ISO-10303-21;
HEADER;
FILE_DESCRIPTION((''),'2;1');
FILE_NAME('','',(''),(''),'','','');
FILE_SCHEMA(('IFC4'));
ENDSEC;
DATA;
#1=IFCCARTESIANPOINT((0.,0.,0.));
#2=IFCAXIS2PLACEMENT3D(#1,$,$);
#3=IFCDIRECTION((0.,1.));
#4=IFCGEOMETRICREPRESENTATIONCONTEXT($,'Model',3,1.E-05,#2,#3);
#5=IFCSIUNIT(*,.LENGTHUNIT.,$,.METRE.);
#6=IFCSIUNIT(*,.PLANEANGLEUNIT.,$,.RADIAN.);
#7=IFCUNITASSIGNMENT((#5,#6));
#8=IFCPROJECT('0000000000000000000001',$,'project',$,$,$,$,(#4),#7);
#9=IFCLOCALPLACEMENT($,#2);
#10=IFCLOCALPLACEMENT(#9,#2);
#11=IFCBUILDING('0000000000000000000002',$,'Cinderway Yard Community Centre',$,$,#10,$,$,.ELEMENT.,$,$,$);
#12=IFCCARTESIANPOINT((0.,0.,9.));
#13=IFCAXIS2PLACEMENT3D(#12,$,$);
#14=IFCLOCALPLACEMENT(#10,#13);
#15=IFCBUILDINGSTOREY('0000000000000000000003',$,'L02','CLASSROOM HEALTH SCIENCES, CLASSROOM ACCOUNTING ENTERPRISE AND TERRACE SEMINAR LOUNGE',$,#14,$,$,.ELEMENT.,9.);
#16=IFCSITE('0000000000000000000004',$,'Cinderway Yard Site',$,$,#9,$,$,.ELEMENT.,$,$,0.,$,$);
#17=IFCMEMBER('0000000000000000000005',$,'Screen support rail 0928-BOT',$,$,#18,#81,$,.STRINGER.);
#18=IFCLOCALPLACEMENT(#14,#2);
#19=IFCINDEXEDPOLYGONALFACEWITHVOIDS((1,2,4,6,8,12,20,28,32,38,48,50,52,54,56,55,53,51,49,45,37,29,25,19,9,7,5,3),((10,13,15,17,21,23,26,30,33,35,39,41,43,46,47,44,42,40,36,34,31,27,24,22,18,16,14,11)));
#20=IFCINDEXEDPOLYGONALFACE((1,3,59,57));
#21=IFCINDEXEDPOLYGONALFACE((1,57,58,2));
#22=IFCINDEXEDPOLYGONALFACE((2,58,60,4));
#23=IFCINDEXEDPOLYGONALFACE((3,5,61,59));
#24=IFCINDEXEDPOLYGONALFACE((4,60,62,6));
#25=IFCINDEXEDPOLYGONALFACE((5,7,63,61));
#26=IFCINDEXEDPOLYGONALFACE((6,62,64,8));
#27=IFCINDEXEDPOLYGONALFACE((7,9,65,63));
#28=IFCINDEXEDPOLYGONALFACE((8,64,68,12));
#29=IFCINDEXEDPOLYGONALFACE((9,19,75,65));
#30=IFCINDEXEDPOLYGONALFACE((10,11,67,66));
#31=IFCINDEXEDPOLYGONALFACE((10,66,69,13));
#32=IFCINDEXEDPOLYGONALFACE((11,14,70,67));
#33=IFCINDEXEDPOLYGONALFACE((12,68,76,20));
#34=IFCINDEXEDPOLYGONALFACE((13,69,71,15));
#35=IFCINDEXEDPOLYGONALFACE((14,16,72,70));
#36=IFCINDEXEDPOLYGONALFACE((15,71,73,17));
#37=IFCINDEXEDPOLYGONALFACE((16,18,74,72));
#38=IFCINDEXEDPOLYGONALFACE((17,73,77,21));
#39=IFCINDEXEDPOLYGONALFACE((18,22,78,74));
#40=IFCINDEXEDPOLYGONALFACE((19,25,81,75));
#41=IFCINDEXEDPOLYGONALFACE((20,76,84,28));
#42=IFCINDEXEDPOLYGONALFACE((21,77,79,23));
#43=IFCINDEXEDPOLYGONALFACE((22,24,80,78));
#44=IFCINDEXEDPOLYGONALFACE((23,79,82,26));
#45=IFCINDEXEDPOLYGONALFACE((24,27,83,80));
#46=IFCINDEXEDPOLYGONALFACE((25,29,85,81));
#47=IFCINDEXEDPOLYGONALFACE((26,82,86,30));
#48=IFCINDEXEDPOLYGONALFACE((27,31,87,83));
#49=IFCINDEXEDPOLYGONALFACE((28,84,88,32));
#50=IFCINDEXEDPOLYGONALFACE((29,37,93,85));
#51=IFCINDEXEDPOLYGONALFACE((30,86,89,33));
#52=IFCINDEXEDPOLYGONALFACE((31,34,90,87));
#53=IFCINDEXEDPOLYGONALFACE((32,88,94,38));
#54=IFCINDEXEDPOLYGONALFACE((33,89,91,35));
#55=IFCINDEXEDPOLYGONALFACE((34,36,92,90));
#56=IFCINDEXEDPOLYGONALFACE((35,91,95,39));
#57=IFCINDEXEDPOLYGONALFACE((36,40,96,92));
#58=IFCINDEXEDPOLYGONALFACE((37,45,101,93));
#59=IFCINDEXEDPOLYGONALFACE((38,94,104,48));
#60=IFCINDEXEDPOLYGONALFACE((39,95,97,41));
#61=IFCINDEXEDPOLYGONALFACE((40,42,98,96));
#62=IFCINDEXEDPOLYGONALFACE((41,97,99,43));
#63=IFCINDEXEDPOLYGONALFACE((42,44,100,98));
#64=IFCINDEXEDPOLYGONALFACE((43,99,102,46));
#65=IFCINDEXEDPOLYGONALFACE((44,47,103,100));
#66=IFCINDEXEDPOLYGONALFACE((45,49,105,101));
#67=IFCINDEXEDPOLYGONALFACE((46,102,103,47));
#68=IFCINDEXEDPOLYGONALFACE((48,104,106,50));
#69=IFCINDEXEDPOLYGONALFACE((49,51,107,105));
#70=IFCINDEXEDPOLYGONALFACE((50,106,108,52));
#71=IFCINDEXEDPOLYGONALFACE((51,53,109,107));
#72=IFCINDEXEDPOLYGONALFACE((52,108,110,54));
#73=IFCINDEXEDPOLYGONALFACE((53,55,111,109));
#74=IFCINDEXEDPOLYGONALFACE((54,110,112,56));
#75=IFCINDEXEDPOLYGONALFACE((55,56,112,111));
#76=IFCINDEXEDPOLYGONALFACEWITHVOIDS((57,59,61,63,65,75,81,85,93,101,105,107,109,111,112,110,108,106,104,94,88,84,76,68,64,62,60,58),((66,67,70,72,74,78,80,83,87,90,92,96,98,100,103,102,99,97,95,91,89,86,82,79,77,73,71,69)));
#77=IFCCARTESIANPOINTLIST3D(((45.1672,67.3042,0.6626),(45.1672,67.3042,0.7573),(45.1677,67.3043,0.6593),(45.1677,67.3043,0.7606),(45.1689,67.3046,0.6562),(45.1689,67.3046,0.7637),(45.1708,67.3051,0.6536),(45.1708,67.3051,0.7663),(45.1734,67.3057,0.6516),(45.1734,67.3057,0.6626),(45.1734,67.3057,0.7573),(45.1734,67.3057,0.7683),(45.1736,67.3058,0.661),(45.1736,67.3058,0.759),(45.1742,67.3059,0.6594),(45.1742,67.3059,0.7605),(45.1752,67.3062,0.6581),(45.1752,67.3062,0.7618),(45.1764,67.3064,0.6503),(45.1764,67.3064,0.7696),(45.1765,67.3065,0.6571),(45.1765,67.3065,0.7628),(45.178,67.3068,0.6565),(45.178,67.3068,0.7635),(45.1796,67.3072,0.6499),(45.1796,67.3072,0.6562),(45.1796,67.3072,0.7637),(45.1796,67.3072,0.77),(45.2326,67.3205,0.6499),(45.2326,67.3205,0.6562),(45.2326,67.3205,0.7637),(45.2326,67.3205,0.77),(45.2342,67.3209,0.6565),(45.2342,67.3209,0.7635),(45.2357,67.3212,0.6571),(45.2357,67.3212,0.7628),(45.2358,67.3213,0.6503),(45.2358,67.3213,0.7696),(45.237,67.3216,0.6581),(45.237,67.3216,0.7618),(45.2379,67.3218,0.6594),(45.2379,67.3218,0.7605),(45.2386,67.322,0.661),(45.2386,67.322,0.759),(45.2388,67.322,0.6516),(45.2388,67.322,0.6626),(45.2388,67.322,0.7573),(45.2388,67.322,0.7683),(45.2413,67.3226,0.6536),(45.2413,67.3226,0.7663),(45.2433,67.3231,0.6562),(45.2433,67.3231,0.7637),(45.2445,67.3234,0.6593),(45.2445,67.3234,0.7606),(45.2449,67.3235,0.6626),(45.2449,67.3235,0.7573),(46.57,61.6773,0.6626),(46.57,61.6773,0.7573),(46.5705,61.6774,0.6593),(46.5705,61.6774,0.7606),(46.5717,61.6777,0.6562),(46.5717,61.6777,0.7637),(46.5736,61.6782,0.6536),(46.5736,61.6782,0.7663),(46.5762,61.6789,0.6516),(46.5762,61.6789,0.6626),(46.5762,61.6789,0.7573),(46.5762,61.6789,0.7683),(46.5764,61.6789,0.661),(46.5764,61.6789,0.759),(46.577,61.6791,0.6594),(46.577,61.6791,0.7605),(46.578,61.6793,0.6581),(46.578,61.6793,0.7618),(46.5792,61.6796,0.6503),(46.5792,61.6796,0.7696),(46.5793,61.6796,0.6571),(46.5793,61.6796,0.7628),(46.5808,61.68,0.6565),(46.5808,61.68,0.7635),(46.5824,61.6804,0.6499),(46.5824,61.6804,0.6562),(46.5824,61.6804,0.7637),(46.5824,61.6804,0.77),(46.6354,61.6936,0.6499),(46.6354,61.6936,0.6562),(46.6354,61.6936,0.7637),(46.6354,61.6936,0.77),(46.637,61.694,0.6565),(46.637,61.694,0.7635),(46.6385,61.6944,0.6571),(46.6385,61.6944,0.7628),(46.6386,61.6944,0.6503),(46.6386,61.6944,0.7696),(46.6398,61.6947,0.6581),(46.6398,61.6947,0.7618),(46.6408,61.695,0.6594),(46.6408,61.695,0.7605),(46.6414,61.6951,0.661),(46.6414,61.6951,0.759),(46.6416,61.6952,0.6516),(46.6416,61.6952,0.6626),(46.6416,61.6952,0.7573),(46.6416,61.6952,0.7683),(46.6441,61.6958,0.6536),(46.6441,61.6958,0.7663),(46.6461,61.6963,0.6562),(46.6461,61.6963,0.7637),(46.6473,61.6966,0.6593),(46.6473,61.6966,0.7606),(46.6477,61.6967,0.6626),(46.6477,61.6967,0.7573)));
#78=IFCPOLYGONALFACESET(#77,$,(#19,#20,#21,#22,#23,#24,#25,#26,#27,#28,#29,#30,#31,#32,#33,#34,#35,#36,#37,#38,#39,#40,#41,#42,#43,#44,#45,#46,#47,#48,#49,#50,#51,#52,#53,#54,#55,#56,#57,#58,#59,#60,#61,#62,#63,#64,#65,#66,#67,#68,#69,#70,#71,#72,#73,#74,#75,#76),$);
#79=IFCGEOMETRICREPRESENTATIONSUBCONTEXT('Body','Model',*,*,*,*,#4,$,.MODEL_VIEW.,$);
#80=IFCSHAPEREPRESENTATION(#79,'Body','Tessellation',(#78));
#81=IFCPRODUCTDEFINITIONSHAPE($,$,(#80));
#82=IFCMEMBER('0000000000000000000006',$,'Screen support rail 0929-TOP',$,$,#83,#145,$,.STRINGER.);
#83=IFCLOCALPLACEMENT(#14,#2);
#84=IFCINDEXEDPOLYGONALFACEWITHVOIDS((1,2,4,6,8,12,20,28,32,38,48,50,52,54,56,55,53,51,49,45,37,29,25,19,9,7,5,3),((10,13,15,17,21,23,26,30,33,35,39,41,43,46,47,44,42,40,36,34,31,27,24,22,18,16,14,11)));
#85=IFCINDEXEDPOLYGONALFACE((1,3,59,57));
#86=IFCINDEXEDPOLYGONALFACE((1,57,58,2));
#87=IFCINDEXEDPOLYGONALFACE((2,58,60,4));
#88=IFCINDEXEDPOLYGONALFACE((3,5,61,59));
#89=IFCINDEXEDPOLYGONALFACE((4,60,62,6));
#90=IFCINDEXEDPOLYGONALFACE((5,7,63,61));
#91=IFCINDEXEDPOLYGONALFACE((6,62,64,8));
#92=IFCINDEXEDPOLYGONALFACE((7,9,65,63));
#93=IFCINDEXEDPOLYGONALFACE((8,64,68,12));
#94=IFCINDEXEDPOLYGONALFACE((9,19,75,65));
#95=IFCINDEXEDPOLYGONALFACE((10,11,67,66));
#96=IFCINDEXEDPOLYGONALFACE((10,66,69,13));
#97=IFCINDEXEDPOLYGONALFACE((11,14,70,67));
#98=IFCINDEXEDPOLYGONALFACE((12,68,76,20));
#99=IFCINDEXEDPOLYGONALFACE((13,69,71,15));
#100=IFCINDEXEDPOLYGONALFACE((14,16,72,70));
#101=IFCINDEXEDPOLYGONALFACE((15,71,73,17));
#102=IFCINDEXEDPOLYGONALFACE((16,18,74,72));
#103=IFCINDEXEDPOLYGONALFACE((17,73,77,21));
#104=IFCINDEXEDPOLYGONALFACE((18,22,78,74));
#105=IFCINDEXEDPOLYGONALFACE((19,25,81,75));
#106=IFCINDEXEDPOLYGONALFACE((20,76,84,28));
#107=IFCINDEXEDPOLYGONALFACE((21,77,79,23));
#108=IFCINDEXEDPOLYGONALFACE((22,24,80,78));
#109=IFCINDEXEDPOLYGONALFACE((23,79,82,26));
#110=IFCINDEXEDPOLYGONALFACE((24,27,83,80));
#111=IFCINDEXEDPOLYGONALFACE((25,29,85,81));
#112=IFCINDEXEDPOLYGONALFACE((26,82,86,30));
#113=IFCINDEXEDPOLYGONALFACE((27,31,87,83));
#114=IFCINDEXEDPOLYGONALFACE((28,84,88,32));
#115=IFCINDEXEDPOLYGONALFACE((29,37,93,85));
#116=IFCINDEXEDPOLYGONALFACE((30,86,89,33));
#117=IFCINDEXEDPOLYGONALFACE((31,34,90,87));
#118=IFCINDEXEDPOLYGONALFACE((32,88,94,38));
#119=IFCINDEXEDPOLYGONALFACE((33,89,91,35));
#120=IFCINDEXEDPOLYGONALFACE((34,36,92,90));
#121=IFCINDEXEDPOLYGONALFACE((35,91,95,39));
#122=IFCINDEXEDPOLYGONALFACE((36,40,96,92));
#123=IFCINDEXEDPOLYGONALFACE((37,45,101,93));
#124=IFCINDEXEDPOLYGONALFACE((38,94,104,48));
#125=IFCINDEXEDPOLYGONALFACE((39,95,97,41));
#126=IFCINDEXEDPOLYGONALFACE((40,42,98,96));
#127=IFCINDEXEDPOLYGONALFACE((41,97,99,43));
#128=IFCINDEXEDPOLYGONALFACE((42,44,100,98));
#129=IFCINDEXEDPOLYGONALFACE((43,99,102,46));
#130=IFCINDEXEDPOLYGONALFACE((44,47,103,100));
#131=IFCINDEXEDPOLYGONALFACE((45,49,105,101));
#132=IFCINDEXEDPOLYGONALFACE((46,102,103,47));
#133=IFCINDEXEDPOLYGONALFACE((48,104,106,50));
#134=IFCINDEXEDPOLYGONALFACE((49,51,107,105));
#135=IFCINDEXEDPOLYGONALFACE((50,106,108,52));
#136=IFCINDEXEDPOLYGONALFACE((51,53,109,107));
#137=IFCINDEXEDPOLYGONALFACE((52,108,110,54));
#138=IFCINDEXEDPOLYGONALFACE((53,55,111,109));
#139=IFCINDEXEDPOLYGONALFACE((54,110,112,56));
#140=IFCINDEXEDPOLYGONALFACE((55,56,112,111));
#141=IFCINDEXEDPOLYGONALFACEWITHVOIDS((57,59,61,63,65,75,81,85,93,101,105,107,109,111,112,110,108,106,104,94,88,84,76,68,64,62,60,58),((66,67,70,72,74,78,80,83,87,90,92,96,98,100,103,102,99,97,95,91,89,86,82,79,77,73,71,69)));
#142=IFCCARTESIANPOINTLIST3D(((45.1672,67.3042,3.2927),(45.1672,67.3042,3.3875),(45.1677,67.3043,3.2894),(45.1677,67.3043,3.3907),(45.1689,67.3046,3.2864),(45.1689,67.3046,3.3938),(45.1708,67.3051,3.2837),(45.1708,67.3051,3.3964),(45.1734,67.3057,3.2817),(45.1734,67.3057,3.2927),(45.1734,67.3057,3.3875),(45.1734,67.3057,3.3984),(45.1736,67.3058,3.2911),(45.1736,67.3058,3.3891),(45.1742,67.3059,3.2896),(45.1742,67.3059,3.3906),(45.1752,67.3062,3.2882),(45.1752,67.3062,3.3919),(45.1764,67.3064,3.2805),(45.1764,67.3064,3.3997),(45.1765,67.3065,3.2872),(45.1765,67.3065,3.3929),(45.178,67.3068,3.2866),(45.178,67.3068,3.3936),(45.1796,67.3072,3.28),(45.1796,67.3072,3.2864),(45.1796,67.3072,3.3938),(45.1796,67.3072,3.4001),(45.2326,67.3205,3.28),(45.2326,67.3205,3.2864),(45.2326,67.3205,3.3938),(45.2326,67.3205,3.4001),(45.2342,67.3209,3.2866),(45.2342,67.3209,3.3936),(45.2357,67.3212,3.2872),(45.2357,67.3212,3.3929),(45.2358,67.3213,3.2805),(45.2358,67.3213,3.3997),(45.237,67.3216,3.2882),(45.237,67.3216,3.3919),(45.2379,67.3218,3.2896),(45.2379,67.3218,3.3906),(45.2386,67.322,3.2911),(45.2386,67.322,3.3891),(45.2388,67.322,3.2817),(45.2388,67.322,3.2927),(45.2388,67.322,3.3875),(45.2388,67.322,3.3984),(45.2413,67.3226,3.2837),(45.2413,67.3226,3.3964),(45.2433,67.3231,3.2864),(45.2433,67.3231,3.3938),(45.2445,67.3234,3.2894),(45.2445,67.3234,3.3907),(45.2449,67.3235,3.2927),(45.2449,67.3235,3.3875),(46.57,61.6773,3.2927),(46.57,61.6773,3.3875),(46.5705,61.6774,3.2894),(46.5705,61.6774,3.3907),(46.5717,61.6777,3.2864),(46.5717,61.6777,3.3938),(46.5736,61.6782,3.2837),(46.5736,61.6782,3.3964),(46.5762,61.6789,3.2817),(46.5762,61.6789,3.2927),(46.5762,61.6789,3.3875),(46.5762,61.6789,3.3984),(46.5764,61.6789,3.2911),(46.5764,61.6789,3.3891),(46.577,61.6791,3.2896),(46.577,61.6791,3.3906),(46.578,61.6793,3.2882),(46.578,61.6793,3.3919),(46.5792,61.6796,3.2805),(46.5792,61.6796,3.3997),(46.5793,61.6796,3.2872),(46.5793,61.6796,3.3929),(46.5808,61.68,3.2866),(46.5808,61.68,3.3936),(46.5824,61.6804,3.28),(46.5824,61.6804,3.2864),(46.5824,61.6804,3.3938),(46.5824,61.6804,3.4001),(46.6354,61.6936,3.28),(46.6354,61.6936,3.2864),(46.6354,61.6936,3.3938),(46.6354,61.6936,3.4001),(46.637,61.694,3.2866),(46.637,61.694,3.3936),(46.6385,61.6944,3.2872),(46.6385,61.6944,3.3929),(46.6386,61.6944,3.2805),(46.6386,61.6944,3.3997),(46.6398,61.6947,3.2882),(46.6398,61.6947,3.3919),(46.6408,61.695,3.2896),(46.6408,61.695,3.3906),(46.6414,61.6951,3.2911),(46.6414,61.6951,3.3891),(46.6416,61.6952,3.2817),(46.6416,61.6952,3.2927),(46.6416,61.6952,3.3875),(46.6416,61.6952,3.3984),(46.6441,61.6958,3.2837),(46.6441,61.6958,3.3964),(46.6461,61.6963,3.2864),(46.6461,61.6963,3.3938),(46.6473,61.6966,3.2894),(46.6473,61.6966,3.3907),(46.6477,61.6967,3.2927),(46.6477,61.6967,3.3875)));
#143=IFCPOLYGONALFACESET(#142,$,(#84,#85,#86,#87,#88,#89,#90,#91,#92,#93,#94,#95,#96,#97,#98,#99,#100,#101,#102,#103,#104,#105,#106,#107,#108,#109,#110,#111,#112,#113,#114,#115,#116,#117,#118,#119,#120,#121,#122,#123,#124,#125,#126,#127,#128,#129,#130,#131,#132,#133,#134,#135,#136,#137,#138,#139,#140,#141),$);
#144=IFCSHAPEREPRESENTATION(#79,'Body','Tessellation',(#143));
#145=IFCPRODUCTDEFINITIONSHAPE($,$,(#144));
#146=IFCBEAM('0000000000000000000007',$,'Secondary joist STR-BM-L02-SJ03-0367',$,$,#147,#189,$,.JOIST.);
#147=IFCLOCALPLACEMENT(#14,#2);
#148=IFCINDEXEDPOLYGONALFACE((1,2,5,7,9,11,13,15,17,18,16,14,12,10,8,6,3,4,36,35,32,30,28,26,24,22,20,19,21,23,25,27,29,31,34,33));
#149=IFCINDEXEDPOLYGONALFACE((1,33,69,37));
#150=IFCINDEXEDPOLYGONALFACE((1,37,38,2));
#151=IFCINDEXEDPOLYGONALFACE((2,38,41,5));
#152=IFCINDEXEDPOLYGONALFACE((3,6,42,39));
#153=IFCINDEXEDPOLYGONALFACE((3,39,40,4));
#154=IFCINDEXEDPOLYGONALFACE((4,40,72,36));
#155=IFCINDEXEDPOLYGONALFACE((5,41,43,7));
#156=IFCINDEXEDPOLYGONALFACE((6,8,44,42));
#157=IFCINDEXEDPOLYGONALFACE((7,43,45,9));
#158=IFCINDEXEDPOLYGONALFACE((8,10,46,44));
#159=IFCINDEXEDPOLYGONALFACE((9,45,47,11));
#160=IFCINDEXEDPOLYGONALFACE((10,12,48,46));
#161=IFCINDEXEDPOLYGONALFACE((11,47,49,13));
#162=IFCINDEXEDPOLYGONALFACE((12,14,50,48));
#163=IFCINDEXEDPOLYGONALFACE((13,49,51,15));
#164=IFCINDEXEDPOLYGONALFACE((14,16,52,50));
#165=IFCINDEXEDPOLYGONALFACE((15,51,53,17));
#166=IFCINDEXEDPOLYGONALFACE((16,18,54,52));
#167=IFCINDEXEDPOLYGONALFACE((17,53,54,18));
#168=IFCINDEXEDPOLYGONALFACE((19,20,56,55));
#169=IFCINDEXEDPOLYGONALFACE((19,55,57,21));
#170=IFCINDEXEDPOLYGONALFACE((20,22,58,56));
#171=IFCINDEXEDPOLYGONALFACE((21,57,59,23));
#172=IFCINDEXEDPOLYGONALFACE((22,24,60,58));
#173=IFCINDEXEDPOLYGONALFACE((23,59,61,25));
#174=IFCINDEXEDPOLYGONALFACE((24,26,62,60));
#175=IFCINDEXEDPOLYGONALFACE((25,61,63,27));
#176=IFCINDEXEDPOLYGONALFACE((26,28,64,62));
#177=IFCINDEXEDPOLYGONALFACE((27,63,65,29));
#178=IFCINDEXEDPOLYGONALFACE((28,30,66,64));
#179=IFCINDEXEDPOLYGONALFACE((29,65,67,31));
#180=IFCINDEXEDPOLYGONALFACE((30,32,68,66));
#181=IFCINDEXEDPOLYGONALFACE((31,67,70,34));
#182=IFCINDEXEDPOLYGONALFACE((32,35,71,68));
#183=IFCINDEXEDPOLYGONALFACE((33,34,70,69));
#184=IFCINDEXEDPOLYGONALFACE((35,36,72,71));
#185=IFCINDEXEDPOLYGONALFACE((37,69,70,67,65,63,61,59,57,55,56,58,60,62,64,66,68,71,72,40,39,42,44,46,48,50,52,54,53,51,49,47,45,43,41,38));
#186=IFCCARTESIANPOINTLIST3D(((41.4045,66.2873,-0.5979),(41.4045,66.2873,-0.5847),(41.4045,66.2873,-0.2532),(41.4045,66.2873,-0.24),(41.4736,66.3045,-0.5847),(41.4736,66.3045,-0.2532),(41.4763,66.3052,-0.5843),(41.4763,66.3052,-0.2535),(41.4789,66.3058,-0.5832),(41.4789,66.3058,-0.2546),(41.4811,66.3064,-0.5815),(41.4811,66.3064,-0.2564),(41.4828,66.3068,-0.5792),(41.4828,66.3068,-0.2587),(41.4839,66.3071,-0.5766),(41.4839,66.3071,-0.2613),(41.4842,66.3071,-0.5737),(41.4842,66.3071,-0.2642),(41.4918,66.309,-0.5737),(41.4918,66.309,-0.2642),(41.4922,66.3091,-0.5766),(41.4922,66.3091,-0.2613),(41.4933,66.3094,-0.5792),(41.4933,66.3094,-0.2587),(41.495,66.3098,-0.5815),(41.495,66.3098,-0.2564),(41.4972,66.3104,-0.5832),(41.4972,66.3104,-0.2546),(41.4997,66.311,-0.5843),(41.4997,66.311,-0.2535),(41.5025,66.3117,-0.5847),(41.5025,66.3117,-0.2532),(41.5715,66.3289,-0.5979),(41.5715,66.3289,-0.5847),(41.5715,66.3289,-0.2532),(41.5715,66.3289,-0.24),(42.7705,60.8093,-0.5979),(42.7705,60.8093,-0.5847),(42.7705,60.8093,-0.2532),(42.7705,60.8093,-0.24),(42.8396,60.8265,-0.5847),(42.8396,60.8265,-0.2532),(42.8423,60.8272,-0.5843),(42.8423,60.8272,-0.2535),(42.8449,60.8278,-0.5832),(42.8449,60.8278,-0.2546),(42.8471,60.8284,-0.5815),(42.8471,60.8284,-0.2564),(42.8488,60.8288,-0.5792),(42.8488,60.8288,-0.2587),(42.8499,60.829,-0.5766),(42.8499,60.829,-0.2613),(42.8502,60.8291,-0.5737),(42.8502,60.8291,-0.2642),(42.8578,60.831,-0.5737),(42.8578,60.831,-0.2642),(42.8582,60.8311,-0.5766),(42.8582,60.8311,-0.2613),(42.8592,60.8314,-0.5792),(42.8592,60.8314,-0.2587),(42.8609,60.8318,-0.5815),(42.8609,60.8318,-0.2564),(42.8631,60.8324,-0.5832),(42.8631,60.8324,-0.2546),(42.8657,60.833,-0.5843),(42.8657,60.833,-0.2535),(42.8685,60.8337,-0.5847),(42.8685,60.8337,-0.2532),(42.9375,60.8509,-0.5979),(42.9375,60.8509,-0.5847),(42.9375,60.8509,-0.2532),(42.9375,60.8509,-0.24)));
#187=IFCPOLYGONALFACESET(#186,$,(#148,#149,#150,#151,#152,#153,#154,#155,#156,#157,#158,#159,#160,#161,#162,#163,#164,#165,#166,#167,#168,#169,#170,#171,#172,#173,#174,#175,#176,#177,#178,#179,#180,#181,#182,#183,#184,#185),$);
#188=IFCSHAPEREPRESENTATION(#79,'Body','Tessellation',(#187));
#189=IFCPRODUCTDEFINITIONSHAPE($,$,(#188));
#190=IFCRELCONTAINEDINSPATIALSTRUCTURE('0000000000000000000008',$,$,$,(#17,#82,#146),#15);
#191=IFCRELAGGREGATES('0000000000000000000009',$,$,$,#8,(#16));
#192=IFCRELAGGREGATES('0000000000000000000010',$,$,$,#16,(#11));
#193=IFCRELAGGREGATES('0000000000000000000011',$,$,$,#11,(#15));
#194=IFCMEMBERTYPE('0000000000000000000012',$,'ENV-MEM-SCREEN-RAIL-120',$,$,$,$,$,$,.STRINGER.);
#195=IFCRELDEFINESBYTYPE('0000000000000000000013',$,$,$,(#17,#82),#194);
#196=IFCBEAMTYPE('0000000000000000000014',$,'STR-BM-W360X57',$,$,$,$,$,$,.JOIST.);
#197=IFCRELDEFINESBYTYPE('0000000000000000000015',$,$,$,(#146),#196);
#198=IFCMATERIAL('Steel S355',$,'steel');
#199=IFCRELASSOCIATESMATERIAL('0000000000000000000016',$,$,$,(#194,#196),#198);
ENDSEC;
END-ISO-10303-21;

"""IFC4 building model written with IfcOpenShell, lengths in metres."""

from ifc_helpers import new_model, si_unit, direction, frame, origin, origin_2d, place, context, subcontext, project, spatial, hollow_rectangle, i_section, extrude, material, material_profile, profile_set, type_object, element, save


model = new_model("IFC4")

# Units and contexts
model_context = context("Model", 3, precision=1e-05, world=origin(), true_north=direction((0.0, 1.0)))
body_context = subcontext(model_context, "Body", "Model", "MODEL_VIEW")
ifc_project = project(units=[si_unit("LENGTHUNIT", "METRE"), si_unit("PLANEANGLEUNIT", "RADIAN")], contexts=[model_context])

# Site, building, storey
site_placement = place(None, origin())
site = spatial("IfcSite", under=ifc_project, at=site_placement, Name="Cinderway Yard Site", CompositionType="ELEMENT", RefElevation=0.0)
building_placement = place(site_placement, origin())
building = spatial("IfcBuilding", under=site, at=building_placement, Name="Cinderway Yard Community Centre", CompositionType="ELEMENT")
storey_placement = place(building_placement, frame((0.0, 0.0, 9.0)))
storey = spatial("IfcBuildingStorey", under=building, at=storey_placement, Name="L02", Description="CLASSROOM HEALTH SCIENCES, CLASSROOM ACCOUNTING ENTERPRISE AND TERRACE SEMINAR LOUNGE", CompositionType="ELEMENT", Elevation=9.0)

# Members
ifc_material_1 = material(Name="Steel S355", Category="steel")
ifc_material_profile_1 = material_profile(ifc_material_1, hollow_rectangle(XDim=0.0801, YDim=0.1201, WallThickness=0.0063, InnerFilletRadius=0.0063, OuterFilletRadius=0.0127, at=origin_2d()), Name="Steel S355")
ifc_profile_set_1 = profile_set([ifc_material_profile_1], Name="Steel S355")
member_type_1 = type_object("IfcMemberType", Name="ENV-MEM-SCREEN-RAIL-120", PredefinedType="STRINGER", material=ifc_profile_set_1)
for number, where, z_axis, x_axis, name in (
    (1, (46.6089, 61.687, 0.71), (-0.241902, 0.970301, 0.0), (-0.970301, -0.241902, 0.0), "Screen support rail 0928-BOT"),
    (2, (46.6089, 61.687, 3.3401), (-0.241902, 0.970301, 0.0), (-0.970301, -0.241902, 0.0), "Screen support rail 0929-TOP"),
):
    element("IfcMember", number, at=place(storey_placement, frame(where, z_axis=z_axis, x_axis=x_axis)), inside=storey, type_object=member_type_1, Name=name, PredefinedType="STRINGER", context=body_context, shape_type="SweptSolid", body=[
        extrude(hollow_rectangle(XDim=0.0801, YDim=0.1201, WallThickness=0.0063, InnerFilletRadius=0.0063, OuterFilletRadius=0.0127, at=origin_2d()), origin(), (0.0, 0.0, 1.0), 5.7991),
    ])

# Beam
ifc_material_profile_2 = material_profile(ifc_material_1, i_section(OverallWidth=0.1721, OverallDepth=0.3579, WebThickness=0.0078, FlangeThickness=0.0132, FilletRadius=0.011, at=origin_2d()), Name="Steel S355")
ifc_profile_set_2 = profile_set([ifc_material_profile_2], Name="Steel S355")
beam_type_1 = type_object("IfcBeamType", Name="STR-BM-W360X57", PredefinedType="JOIST", material=ifc_profile_set_2)
beam_1_placement = place(storey_placement, frame((42.854, 60.8301, -0.4189), z_axis=(-0.241945, 0.97029, 0.0), x_axis=(-0.97029, -0.241945, 0.0)))
element("IfcBeam", 3, at=beam_1_placement, inside=storey, type_object=beam_type_1, Name="Secondary joist STR-BM-L02-SJ03-0367", PredefinedType="JOIST", context=body_context, shape_type="SweptSolid", body=[
    extrude(i_section(OverallWidth=0.1721, OverallDepth=0.3579, WebThickness=0.0078, FlangeThickness=0.0132, FilletRadius=0.011, at=origin_2d()), origin(), (0.0, 0.0, 1.0), 5.6458),
])

save(model, "model.ifc")
